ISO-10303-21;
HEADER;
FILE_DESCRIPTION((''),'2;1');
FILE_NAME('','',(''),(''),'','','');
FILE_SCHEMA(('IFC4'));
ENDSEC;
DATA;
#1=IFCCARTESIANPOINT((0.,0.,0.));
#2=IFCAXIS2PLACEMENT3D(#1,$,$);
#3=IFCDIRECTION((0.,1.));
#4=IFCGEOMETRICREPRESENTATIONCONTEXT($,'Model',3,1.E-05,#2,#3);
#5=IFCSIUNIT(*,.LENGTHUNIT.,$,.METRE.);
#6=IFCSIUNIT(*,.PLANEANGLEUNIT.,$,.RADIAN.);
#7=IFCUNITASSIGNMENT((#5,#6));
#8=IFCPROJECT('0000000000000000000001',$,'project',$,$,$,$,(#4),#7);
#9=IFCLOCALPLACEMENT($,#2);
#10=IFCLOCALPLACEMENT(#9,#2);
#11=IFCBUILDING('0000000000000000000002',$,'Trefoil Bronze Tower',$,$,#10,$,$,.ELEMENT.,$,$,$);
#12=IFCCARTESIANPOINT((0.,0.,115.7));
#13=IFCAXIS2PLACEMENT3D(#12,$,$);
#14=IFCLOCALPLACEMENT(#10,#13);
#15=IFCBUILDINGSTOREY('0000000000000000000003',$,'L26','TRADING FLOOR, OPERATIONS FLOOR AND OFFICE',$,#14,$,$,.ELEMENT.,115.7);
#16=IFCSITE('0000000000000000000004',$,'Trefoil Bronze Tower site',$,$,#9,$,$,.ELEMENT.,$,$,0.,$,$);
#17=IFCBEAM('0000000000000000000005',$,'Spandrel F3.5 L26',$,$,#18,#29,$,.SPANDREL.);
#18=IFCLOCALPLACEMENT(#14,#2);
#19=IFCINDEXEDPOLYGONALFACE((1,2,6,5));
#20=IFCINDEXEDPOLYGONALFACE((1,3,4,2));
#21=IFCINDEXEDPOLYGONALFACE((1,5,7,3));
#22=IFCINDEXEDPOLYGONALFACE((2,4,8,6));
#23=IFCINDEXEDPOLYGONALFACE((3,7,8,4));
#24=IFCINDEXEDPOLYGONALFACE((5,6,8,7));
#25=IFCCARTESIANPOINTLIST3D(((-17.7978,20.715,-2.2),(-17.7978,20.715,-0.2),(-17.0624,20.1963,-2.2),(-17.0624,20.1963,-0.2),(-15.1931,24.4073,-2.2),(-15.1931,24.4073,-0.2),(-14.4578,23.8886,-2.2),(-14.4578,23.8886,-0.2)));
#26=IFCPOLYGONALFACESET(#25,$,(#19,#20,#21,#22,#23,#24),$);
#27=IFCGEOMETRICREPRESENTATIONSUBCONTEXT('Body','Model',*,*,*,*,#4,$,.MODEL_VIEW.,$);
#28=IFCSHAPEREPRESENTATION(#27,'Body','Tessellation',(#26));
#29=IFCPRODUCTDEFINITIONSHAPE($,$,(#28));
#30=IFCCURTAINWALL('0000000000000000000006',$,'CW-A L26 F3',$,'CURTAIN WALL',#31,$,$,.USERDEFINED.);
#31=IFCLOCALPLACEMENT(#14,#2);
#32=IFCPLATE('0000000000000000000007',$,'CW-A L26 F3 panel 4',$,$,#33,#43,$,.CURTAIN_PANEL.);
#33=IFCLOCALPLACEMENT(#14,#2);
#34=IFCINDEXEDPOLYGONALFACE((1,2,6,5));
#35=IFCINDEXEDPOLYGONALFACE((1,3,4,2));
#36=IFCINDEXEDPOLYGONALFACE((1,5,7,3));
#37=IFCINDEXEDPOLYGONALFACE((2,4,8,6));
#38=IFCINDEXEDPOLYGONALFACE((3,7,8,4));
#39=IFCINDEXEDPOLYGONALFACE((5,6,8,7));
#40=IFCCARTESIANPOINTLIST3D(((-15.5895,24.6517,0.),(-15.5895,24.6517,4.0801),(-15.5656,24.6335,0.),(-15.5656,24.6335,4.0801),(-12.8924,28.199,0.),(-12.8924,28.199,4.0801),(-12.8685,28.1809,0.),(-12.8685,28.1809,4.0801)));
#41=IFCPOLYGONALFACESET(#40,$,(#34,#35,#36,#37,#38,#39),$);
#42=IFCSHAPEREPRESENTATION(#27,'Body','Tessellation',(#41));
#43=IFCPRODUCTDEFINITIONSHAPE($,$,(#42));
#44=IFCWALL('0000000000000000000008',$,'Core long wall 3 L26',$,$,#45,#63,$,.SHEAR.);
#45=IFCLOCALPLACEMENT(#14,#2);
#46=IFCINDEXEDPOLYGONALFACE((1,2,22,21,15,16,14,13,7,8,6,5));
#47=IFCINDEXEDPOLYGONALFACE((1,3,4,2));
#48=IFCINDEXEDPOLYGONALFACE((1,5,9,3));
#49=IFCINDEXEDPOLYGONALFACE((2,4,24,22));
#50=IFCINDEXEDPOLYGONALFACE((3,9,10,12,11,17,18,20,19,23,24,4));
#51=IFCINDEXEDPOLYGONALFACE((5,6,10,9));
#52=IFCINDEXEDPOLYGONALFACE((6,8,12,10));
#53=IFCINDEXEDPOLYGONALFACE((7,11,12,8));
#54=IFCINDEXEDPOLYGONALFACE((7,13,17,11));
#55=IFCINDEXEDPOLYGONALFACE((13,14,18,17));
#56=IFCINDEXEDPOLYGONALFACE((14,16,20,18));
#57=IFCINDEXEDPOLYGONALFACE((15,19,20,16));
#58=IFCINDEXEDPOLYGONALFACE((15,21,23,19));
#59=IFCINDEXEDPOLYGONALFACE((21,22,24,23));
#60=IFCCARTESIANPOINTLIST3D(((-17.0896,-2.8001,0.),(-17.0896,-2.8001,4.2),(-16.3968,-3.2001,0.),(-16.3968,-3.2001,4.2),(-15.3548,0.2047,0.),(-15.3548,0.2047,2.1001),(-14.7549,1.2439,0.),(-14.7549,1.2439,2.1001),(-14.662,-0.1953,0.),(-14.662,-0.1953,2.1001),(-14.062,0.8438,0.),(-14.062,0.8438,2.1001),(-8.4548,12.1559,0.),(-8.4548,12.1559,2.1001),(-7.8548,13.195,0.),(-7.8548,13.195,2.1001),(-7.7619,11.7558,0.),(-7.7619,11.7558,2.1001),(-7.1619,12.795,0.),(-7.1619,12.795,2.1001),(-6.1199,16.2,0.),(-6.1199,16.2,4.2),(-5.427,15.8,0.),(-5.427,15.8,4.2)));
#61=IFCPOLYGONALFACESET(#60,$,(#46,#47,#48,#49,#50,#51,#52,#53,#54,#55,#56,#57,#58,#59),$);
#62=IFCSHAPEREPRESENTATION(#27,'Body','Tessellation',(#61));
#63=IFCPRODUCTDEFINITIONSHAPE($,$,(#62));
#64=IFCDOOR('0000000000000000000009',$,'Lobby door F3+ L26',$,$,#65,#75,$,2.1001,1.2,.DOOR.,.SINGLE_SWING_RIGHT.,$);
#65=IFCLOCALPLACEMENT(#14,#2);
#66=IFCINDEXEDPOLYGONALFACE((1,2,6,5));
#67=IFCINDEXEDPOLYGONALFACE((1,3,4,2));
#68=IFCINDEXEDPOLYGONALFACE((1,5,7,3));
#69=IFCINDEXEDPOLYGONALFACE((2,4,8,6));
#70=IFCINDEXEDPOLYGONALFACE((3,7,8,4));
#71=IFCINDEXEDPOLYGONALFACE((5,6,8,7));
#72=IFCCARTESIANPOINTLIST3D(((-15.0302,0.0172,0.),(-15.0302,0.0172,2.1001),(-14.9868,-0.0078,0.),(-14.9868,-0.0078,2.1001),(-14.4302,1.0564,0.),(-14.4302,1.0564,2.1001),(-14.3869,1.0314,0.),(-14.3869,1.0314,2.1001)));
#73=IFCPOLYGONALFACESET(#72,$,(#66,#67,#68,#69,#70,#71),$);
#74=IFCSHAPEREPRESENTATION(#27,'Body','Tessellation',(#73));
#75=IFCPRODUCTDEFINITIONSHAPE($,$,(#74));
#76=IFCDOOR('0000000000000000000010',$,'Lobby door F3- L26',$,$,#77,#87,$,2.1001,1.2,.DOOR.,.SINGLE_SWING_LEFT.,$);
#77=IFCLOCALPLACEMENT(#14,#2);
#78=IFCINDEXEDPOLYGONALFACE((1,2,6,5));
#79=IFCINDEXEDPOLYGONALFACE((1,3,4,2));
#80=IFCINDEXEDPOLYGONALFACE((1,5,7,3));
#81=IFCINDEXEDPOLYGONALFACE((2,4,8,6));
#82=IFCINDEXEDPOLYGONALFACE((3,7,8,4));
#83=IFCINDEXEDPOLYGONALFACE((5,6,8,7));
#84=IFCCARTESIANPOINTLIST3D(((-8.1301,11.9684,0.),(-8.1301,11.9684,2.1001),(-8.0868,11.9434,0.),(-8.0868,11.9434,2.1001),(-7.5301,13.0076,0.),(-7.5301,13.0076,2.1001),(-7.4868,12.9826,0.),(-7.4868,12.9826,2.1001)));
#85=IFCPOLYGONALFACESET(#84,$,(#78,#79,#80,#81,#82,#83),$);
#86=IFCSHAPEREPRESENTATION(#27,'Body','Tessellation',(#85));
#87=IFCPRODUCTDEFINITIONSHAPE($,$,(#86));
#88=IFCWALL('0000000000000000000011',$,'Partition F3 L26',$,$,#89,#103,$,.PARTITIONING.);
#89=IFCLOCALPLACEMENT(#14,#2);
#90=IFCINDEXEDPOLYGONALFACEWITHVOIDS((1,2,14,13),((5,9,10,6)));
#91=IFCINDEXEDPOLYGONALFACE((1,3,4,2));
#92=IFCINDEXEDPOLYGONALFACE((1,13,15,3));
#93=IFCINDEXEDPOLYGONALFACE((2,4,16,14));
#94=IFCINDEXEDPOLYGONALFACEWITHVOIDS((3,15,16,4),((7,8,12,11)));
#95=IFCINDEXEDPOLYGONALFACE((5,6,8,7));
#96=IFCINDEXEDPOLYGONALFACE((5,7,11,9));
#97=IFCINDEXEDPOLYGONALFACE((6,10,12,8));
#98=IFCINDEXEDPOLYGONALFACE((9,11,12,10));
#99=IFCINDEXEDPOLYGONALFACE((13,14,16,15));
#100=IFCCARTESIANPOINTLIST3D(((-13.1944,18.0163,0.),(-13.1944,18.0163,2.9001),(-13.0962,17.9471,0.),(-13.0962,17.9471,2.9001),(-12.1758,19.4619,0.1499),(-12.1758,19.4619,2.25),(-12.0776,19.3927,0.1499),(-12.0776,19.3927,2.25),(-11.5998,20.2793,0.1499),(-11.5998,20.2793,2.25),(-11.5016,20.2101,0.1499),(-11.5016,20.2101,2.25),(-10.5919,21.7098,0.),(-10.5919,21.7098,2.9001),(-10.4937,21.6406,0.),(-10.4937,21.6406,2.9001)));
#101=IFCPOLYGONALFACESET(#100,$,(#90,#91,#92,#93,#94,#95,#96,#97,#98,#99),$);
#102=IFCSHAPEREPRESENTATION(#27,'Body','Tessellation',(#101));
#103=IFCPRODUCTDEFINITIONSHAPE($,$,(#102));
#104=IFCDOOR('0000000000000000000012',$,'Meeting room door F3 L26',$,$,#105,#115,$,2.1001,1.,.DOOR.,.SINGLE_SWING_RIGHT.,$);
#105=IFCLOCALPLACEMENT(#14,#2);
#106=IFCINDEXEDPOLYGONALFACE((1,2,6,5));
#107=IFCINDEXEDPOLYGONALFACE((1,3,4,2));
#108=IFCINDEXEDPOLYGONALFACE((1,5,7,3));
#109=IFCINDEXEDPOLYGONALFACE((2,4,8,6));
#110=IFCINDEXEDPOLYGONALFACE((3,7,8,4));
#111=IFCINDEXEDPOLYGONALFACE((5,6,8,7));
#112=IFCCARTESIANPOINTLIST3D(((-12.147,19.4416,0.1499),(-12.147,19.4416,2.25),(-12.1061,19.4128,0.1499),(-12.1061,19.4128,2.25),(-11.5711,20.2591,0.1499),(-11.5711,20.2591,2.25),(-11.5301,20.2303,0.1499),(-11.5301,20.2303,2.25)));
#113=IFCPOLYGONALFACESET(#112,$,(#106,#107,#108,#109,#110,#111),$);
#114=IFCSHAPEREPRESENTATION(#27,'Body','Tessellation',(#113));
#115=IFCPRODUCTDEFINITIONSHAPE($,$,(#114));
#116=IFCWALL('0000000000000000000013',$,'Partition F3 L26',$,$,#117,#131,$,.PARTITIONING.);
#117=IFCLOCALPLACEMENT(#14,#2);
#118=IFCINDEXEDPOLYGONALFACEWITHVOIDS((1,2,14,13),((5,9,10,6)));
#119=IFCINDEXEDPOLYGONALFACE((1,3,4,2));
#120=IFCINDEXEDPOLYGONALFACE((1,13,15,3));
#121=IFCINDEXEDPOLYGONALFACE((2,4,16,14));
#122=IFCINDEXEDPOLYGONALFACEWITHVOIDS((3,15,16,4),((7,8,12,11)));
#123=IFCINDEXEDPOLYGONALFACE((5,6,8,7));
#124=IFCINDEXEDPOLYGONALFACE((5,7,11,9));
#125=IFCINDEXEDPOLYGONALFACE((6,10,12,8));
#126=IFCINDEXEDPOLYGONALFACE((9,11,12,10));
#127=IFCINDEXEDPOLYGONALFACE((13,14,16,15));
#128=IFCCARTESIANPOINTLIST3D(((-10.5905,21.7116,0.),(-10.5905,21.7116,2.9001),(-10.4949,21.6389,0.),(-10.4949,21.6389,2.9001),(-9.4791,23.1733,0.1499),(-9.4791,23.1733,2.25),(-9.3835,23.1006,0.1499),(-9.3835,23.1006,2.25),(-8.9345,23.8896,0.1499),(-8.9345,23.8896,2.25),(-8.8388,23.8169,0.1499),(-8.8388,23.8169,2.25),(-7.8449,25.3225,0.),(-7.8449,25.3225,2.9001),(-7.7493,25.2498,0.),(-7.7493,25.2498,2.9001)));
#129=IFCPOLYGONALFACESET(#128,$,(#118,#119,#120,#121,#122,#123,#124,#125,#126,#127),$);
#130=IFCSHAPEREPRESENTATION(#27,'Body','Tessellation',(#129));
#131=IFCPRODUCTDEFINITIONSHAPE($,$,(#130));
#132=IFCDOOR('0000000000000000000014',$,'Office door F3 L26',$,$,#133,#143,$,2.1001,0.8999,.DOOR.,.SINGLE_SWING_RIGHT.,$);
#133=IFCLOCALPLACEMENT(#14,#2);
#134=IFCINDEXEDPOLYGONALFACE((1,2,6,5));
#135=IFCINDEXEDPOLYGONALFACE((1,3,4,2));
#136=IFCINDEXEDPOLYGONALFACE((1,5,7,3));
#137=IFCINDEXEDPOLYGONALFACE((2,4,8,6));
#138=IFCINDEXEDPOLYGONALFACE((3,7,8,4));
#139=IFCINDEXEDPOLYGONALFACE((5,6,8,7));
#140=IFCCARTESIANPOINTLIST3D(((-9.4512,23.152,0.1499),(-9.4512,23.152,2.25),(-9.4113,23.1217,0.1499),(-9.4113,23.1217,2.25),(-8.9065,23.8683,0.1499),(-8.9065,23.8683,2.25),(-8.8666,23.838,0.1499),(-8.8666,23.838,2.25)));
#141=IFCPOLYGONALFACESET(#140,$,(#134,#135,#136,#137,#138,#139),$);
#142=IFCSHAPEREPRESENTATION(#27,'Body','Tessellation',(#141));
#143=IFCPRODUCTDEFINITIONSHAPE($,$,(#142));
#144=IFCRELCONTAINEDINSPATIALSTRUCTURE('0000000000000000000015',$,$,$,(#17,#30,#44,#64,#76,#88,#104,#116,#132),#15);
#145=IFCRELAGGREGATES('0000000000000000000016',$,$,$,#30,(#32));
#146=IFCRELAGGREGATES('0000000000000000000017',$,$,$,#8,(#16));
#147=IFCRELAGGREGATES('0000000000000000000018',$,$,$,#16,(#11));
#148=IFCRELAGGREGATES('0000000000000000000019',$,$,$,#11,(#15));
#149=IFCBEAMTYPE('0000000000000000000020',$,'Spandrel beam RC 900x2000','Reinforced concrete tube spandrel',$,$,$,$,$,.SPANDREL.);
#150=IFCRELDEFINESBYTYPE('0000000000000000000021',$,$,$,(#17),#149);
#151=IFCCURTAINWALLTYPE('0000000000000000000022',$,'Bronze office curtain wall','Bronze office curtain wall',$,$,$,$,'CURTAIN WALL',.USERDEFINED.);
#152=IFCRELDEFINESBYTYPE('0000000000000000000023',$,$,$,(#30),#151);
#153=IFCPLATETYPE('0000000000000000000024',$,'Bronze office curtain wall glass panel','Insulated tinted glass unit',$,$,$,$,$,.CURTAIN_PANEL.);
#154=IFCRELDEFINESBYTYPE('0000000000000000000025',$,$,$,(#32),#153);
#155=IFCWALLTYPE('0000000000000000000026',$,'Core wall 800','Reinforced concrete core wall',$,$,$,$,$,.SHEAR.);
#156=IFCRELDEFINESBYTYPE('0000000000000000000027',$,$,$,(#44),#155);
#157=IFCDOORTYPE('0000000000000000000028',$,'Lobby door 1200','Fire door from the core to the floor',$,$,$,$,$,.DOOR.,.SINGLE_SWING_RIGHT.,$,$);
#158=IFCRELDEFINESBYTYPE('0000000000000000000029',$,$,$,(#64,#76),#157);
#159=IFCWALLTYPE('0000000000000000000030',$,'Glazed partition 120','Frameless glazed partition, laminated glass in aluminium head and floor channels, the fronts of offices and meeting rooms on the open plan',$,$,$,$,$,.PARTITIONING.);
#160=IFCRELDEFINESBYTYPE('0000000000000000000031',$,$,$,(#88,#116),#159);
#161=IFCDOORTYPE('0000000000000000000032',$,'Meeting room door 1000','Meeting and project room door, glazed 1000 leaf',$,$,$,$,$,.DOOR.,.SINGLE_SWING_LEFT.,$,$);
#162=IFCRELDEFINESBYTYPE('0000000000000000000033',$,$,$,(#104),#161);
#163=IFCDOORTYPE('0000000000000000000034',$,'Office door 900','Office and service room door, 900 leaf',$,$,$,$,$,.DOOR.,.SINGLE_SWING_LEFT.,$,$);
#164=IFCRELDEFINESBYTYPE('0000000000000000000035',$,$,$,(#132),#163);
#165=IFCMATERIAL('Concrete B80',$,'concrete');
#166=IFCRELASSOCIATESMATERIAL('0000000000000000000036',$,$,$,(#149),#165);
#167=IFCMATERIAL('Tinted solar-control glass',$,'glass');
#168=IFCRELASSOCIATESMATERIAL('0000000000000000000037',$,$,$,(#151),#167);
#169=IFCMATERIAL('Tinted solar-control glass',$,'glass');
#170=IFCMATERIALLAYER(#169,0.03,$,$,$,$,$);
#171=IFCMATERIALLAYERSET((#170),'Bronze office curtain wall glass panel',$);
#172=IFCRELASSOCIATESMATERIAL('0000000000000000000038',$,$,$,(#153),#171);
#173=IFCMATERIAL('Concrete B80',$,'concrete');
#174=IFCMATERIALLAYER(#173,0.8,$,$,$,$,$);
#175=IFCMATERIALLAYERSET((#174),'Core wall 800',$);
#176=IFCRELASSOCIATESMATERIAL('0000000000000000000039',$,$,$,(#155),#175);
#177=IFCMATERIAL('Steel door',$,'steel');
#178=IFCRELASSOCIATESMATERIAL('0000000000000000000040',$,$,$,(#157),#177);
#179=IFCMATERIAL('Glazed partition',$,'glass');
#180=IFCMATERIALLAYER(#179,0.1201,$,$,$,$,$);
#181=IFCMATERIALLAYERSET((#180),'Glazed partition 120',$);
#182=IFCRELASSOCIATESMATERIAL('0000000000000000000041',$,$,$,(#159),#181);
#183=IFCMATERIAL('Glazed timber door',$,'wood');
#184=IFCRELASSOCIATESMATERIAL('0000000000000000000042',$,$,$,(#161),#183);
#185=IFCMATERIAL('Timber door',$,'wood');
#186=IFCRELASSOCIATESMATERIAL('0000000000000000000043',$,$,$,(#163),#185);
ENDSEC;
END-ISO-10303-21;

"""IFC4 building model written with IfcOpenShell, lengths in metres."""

from ifc_helpers import new_model, si_unit, direction, frame, frame_2d, origin, origin_2d, place, context, subcontext, project, spatial, rectangle, extrude, material, layer, layer_set, material_profile, profile_set, type_object, element, fill, aggregate, save


model = new_model("IFC4")

# Units and contexts
model_context = context("Model", 3, precision=1e-05, world=origin(), true_north=direction((0.0, 1.0)))
body_context = subcontext(model_context, "Body", "Model", "MODEL_VIEW")
ifc_project = project(units=[si_unit("LENGTHUNIT", "METRE"), si_unit("PLANEANGLEUNIT", "RADIAN")], contexts=[model_context])

# Site, building, storey
site_placement = place(None, origin())
site = spatial("IfcSite", under=ifc_project, at=site_placement, Name="Trefoil Bronze Tower site", CompositionType="ELEMENT", RefElevation=0.0)
building_placement = place(site_placement, origin())
building = spatial("IfcBuilding", under=site, at=building_placement, Name="Trefoil Bronze Tower", CompositionType="ELEMENT")
storey_placement = place(building_placement, frame((0.0, 0.0, 115.7)))
storey = spatial("IfcBuildingStorey", under=building, at=storey_placement, Name="L26", Description="TRADING FLOOR, OPERATIONS FLOOR AND OFFICE", CompositionType="ELEMENT", Elevation=115.7)

# Beam
ifc_material_1 = material(Name="Concrete B80", Category="concrete")
ifc_material_profile_1 = material_profile(ifc_material_1, rectangle(XDim=0.8999, YDim=2.0, at=origin_2d()), Name="RC 900x2000")
ifc_profile_set_1 = profile_set([ifc_material_profile_1], Name="Concrete B80")
beam_type_1 = type_object("IfcBeamType", Name="Spandrel beam RC 900x2000", Description="Reinforced concrete tube spandrel", PredefinedType="SPANDREL", material=ifc_profile_set_1)
beam_1_placement = place(storey_placement, frame((-14.8254, 24.1479, -1.2), z_axis=(-0.576439, -0.81714, 0.0), x_axis=(0.81714, -0.576439, 0.0)))
element("IfcBeam", 1, at=beam_1_placement, inside=storey, type_object=beam_type_1, Name="Spandrel F3.5 L26", PredefinedType="SPANDREL", context=body_context, shape_type="SweptSolid", body=[
    extrude(rectangle(XDim=0.8999, YDim=2.0, at=origin_2d()), origin(), (0.0, 0.0, 1.0), 4.5186),
])

# Curtain wall, plate
ifc_material_2 = material(Name="Tinted solar-control glass", Category="glass")
curtain_wall_type = type_object("IfcCurtainWallType", Name="Bronze office curtain wall", Description="Bronze office curtain wall", ElementType="CURTAIN WALL", PredefinedType="USERDEFINED", material=ifc_material_2)
curtain_wall_placement = place(storey_placement, origin())
curtain_wall = element("IfcCurtainWall", 2, at=curtain_wall_placement, inside=storey, type_object=curtain_wall_type, Name="CW-A L26 F3", ObjectType="CURTAIN WALL", PredefinedType="USERDEFINED")
ifc_material_3 = material(Name="Tinted solar-control glass", Category="glass")
ifc_layer_1 = layer(ifc_material_3, 0.03)
ifc_layer_set_1 = layer_set([ifc_layer_1], Name="Bronze office curtain wall glass panel")
plate_type = type_object("IfcPlateType", Name="Bronze office curtain wall glass panel", Description="Insulated tinted glass unit", PredefinedType="CURTAIN_PANEL", material=ifc_layer_set_1)
plate_placement = place(storey_placement, frame((-14.229, 26.4163, 0.0), z_axis=(0.0, 0.0, 1.0), x_axis=(-0.605252, -0.796034, 0.0)))
plate = element("IfcPlate", 3, at=plate_placement, type_object=plate_type, Name="CW-A L26 F3 panel 4", PredefinedType="CURTAIN_PANEL", context=body_context, shape_type="SweptSolid", body=[
    extrude(rectangle(XDim=4.4563, YDim=0.03, at=origin_2d()), origin(), (0.0, 0.0, 1.0), 4.0801),
])
aggregate(curtain_wall, [plate])

# Wall, openings, doors
ifc_material_4 = material(Name="Concrete B80", Category="concrete")
ifc_layer_2 = layer(ifc_material_4, 0.8)
ifc_layer_set_2 = layer_set([ifc_layer_2], Name="Core wall 800")
wall_type_1 = type_object("IfcWallType", Name="Core wall 800", Description="Reinforced concrete core wall", PredefinedType="SHEAR", material=ifc_layer_set_2)
wall_1_placement = place(storey_placement, frame((-5.7734, 16.0, 0.0), z_axis=(0.0, 0.0, 1.0), x_axis=(-0.500002, -0.866024, 0.0)))
wall_1 = element("IfcWall", 4, at=wall_1_placement, inside=storey, type_object=wall_type_1, Name="Core long wall 3 L26", PredefinedType="SHEAR", context=body_context, shape_type="SweptSolid", body=[
    extrude(rectangle(XDim=21.9395, YDim=0.8, at=frame_2d((10.9697, 0.0))), origin(), (0.0, 0.0, 1.0), 4.2),
])
opening_1_placement = place(wall_1_placement, frame((17.2698, 0.0, 0.0)))
opening_1 = element("IfcOpeningElement", 5, at=opening_1_placement, cuts=wall_1, PredefinedType="OPENING", context=body_context, shape_type="SweptSolid", body=[
    extrude(rectangle(XDim=1.2, YDim=2.1001, at=frame_2d((0.6001, 1.05))), frame((0.0, 0.4099, 0.0), z_axis=(0.0, -1.0, 0.0), x_axis=(1.0, 0.0, 0.0)), (0.0, 0.0, 1.0), 0.8201),
])
opening_2_placement = place(wall_1_placement, frame((3.4697, 0.0, 0.0)))
opening_2 = element("IfcOpeningElement", 6, at=opening_2_placement, cuts=wall_1, PredefinedType="OPENING", context=body_context, shape_type="SweptSolid", body=[
    extrude(rectangle(XDim=1.2, YDim=2.1001, at=frame_2d((0.6001, 1.05))), frame((0.0, 0.4099, 0.0), z_axis=(0.0, -1.0, 0.0), x_axis=(1.0, 0.0, 0.0)), (0.0, 0.0, 1.0), 0.8201),
])
ifc_material_5 = material(Name="Steel door", Category="steel")
door_type_1 = type_object("IfcDoorType", Name="Lobby door 1200", Description="Fire door from the core to the floor", OperationType="SINGLE_SWING_RIGHT", PredefinedType="DOOR", material=ifc_material_5)
door_1_placement = place(opening_1_placement, origin())
door_1 = element("IfcDoor", 7, at=door_1_placement, inside=storey, type_object=door_type_1, Name="Lobby door F3+ L26", OperationType="SINGLE_SWING_RIGHT", OverallHeight=2.1001, OverallWidth=1.2, PredefinedType="DOOR", context=body_context, shape_type="SweptSolid", body=[
    extrude(rectangle(XDim=1.2, YDim=2.1001, at=frame_2d((0.6001, 1.05))), frame((0.0, 0.0249, 0.0), z_axis=(0.0, -1.0, 0.0), x_axis=(1.0, 0.0, 0.0)), (0.0, 0.0, 1.0), 0.05),
])
fill(opening_1, door_1)
door_2_placement = place(opening_2_placement, origin())
door_2 = element("IfcDoor", 8, at=door_2_placement, inside=storey, type_object=door_type_1, Name="Lobby door F3- L26", OperationType="SINGLE_SWING_LEFT", OverallHeight=2.1001, OverallWidth=1.2, PredefinedType="DOOR", context=body_context, shape_type="SweptSolid", body=[
    extrude(rectangle(XDim=1.2, YDim=2.1001, at=frame_2d((0.6001, 1.05))), frame((0.0, 0.0249, 0.0), z_axis=(0.0, -1.0, 0.0), x_axis=(1.0, 0.0, 0.0)), (0.0, 0.0, 1.0), 0.05),
])
fill(opening_2, door_2)

# Walls, openings, doors
ifc_material_6 = material(Name="Glazed partition", Category="glass")
ifc_layer_3 = layer(ifc_material_6, 0.1201)
ifc_layer_set_3 = layer_set([ifc_layer_3], Name="Glazed partition 120")
wall_type_2 = type_object("IfcWallType", Name="Glazed partition 120", Description="Frameless glazed partition, laminated glass in aluminium head and floor channels, the fronts of offices and meeting rooms on the open plan", PredefinedType="PARTITIONING", material=ifc_layer_set_3)
wall_2_placement = place(storey_placement, frame((-10.5427, 21.6753, 0.0), z_axis=(0.0, 0.0, 1.0), x_axis=(-0.575987, -0.817459, 0.0)))
wall_2 = element("IfcWall", 9, at=wall_2_placement, inside=storey, type_object=wall_type_2, Name="Partition F3 L26", PredefinedType="PARTITIONING", context=body_context, shape_type="SweptSolid", body=[
    extrude(rectangle(XDim=4.5183, YDim=0.1201, at=frame_2d((2.2593, 0.0))), origin(), (0.0, 0.0, 1.0), 2.9001),
])
opening_3_placement = place(wall_2_placement, frame((1.75, 0.0, 0.1499)))
opening_3 = element("IfcOpeningElement", 10, at=opening_3_placement, cuts=wall_2, PredefinedType="OPENING", context=body_context, shape_type="SweptSolid", body=[
    extrude(rectangle(XDim=1.0, YDim=2.1001, at=frame_2d((0.5, 1.05))), frame((0.0, 0.0701, 0.0), z_axis=(0.0, -1.0, 0.0), x_axis=(1.0, 0.0, 0.0)), (0.0, 0.0, 1.0), 0.1401),
])
ifc_material_7 = material(Name="Glazed timber door", Category="wood")
door_type_2 = type_object("IfcDoorType", Name="Meeting room door 1000", Description="Meeting and project room door, glazed 1000 leaf", OperationType="SINGLE_SWING_LEFT", PredefinedType="DOOR", material=ifc_material_7)
door_3_placement = place(opening_3_placement, frame((1.0, 0.0, 0.0), z_axis=(0.0, 0.0, 1.0), x_axis=(-1.0, 0.0, 0.0)))
door_3 = element("IfcDoor", 11, at=door_3_placement, inside=storey, type_object=door_type_2, Name="Meeting room door F3 L26", OperationType="SINGLE_SWING_RIGHT", OverallHeight=2.1001, OverallWidth=1.0, PredefinedType="DOOR", context=body_context, shape_type="SweptSolid", body=[
    extrude(rectangle(XDim=1.0, YDim=2.1001, at=frame_2d((0.5, 1.05))), frame((0.0, 0.0249, 0.0), z_axis=(0.0, -1.0, 0.0), x_axis=(1.0, 0.0, 0.0)), (0.0, 0.0, 1.0), 0.05),
])
fill(opening_3, door_3)
wall_3_placement = place(storey_placement, frame((-7.7971, 25.2861, 0.0), z_axis=(0.0, 0.0, 1.0), x_axis=(-0.605274, -0.796017, 0.0)))
wall_3 = element("IfcWall", 12, at=wall_3_placement, inside=storey, type_object=wall_type_2, Name="Partition F3 L26", PredefinedType="PARTITIONING", context=body_context, shape_type="SweptSolid", body=[
    extrude(rectangle(XDim=4.5361, YDim=0.1201, at=frame_2d((2.2681, 0.0))), origin(), (0.0, 0.0, 1.0), 2.9001),
])
opening_4_placement = place(wall_3_placement, frame((1.8, 0.0, 0.1499)))
opening_4 = element("IfcOpeningElement", 13, at=opening_4_placement, cuts=wall_3, PredefinedType="OPENING", context=body_context, shape_type="SweptSolid", body=[
    extrude(rectangle(XDim=0.8999, YDim=2.1001, at=frame_2d((0.45, 1.05))), frame((0.0, 0.0701, 0.0), z_axis=(0.0, -1.0, 0.0), x_axis=(1.0, 0.0, 0.0)), (0.0, 0.0, 1.0), 0.1401),
])
ifc_material_8 = material(Name="Timber door", Category="wood")
door_type_3 = type_object("IfcDoorType", Name="Office door 900", Description="Office and service room door, 900 leaf", OperationType="SINGLE_SWING_LEFT", PredefinedType="DOOR", material=ifc_material_8)
door_4_placement = place(opening_4_placement, frame((0.8999, 0.0, 0.0), z_axis=(0.0, 0.0, 1.0), x_axis=(-1.0, 0.0, 0.0)))
door_4 = element("IfcDoor", 14, at=door_4_placement, inside=storey, type_object=door_type_3, Name="Office door F3 L26", OperationType="SINGLE_SWING_RIGHT", OverallHeight=2.1001, OverallWidth=0.8999, PredefinedType="DOOR", context=body_context, shape_type="SweptSolid", body=[
    extrude(rectangle(XDim=0.8999, YDim=2.1001, at=frame_2d((0.45, 1.05))), frame((0.0, 0.0249, 0.0), z_axis=(0.0, -1.0, 0.0), x_axis=(1.0, 0.0, 0.0)), (0.0, 0.0, 1.0), 0.05),
])
fill(opening_4, door_4)

save(model, "model.ifc")
